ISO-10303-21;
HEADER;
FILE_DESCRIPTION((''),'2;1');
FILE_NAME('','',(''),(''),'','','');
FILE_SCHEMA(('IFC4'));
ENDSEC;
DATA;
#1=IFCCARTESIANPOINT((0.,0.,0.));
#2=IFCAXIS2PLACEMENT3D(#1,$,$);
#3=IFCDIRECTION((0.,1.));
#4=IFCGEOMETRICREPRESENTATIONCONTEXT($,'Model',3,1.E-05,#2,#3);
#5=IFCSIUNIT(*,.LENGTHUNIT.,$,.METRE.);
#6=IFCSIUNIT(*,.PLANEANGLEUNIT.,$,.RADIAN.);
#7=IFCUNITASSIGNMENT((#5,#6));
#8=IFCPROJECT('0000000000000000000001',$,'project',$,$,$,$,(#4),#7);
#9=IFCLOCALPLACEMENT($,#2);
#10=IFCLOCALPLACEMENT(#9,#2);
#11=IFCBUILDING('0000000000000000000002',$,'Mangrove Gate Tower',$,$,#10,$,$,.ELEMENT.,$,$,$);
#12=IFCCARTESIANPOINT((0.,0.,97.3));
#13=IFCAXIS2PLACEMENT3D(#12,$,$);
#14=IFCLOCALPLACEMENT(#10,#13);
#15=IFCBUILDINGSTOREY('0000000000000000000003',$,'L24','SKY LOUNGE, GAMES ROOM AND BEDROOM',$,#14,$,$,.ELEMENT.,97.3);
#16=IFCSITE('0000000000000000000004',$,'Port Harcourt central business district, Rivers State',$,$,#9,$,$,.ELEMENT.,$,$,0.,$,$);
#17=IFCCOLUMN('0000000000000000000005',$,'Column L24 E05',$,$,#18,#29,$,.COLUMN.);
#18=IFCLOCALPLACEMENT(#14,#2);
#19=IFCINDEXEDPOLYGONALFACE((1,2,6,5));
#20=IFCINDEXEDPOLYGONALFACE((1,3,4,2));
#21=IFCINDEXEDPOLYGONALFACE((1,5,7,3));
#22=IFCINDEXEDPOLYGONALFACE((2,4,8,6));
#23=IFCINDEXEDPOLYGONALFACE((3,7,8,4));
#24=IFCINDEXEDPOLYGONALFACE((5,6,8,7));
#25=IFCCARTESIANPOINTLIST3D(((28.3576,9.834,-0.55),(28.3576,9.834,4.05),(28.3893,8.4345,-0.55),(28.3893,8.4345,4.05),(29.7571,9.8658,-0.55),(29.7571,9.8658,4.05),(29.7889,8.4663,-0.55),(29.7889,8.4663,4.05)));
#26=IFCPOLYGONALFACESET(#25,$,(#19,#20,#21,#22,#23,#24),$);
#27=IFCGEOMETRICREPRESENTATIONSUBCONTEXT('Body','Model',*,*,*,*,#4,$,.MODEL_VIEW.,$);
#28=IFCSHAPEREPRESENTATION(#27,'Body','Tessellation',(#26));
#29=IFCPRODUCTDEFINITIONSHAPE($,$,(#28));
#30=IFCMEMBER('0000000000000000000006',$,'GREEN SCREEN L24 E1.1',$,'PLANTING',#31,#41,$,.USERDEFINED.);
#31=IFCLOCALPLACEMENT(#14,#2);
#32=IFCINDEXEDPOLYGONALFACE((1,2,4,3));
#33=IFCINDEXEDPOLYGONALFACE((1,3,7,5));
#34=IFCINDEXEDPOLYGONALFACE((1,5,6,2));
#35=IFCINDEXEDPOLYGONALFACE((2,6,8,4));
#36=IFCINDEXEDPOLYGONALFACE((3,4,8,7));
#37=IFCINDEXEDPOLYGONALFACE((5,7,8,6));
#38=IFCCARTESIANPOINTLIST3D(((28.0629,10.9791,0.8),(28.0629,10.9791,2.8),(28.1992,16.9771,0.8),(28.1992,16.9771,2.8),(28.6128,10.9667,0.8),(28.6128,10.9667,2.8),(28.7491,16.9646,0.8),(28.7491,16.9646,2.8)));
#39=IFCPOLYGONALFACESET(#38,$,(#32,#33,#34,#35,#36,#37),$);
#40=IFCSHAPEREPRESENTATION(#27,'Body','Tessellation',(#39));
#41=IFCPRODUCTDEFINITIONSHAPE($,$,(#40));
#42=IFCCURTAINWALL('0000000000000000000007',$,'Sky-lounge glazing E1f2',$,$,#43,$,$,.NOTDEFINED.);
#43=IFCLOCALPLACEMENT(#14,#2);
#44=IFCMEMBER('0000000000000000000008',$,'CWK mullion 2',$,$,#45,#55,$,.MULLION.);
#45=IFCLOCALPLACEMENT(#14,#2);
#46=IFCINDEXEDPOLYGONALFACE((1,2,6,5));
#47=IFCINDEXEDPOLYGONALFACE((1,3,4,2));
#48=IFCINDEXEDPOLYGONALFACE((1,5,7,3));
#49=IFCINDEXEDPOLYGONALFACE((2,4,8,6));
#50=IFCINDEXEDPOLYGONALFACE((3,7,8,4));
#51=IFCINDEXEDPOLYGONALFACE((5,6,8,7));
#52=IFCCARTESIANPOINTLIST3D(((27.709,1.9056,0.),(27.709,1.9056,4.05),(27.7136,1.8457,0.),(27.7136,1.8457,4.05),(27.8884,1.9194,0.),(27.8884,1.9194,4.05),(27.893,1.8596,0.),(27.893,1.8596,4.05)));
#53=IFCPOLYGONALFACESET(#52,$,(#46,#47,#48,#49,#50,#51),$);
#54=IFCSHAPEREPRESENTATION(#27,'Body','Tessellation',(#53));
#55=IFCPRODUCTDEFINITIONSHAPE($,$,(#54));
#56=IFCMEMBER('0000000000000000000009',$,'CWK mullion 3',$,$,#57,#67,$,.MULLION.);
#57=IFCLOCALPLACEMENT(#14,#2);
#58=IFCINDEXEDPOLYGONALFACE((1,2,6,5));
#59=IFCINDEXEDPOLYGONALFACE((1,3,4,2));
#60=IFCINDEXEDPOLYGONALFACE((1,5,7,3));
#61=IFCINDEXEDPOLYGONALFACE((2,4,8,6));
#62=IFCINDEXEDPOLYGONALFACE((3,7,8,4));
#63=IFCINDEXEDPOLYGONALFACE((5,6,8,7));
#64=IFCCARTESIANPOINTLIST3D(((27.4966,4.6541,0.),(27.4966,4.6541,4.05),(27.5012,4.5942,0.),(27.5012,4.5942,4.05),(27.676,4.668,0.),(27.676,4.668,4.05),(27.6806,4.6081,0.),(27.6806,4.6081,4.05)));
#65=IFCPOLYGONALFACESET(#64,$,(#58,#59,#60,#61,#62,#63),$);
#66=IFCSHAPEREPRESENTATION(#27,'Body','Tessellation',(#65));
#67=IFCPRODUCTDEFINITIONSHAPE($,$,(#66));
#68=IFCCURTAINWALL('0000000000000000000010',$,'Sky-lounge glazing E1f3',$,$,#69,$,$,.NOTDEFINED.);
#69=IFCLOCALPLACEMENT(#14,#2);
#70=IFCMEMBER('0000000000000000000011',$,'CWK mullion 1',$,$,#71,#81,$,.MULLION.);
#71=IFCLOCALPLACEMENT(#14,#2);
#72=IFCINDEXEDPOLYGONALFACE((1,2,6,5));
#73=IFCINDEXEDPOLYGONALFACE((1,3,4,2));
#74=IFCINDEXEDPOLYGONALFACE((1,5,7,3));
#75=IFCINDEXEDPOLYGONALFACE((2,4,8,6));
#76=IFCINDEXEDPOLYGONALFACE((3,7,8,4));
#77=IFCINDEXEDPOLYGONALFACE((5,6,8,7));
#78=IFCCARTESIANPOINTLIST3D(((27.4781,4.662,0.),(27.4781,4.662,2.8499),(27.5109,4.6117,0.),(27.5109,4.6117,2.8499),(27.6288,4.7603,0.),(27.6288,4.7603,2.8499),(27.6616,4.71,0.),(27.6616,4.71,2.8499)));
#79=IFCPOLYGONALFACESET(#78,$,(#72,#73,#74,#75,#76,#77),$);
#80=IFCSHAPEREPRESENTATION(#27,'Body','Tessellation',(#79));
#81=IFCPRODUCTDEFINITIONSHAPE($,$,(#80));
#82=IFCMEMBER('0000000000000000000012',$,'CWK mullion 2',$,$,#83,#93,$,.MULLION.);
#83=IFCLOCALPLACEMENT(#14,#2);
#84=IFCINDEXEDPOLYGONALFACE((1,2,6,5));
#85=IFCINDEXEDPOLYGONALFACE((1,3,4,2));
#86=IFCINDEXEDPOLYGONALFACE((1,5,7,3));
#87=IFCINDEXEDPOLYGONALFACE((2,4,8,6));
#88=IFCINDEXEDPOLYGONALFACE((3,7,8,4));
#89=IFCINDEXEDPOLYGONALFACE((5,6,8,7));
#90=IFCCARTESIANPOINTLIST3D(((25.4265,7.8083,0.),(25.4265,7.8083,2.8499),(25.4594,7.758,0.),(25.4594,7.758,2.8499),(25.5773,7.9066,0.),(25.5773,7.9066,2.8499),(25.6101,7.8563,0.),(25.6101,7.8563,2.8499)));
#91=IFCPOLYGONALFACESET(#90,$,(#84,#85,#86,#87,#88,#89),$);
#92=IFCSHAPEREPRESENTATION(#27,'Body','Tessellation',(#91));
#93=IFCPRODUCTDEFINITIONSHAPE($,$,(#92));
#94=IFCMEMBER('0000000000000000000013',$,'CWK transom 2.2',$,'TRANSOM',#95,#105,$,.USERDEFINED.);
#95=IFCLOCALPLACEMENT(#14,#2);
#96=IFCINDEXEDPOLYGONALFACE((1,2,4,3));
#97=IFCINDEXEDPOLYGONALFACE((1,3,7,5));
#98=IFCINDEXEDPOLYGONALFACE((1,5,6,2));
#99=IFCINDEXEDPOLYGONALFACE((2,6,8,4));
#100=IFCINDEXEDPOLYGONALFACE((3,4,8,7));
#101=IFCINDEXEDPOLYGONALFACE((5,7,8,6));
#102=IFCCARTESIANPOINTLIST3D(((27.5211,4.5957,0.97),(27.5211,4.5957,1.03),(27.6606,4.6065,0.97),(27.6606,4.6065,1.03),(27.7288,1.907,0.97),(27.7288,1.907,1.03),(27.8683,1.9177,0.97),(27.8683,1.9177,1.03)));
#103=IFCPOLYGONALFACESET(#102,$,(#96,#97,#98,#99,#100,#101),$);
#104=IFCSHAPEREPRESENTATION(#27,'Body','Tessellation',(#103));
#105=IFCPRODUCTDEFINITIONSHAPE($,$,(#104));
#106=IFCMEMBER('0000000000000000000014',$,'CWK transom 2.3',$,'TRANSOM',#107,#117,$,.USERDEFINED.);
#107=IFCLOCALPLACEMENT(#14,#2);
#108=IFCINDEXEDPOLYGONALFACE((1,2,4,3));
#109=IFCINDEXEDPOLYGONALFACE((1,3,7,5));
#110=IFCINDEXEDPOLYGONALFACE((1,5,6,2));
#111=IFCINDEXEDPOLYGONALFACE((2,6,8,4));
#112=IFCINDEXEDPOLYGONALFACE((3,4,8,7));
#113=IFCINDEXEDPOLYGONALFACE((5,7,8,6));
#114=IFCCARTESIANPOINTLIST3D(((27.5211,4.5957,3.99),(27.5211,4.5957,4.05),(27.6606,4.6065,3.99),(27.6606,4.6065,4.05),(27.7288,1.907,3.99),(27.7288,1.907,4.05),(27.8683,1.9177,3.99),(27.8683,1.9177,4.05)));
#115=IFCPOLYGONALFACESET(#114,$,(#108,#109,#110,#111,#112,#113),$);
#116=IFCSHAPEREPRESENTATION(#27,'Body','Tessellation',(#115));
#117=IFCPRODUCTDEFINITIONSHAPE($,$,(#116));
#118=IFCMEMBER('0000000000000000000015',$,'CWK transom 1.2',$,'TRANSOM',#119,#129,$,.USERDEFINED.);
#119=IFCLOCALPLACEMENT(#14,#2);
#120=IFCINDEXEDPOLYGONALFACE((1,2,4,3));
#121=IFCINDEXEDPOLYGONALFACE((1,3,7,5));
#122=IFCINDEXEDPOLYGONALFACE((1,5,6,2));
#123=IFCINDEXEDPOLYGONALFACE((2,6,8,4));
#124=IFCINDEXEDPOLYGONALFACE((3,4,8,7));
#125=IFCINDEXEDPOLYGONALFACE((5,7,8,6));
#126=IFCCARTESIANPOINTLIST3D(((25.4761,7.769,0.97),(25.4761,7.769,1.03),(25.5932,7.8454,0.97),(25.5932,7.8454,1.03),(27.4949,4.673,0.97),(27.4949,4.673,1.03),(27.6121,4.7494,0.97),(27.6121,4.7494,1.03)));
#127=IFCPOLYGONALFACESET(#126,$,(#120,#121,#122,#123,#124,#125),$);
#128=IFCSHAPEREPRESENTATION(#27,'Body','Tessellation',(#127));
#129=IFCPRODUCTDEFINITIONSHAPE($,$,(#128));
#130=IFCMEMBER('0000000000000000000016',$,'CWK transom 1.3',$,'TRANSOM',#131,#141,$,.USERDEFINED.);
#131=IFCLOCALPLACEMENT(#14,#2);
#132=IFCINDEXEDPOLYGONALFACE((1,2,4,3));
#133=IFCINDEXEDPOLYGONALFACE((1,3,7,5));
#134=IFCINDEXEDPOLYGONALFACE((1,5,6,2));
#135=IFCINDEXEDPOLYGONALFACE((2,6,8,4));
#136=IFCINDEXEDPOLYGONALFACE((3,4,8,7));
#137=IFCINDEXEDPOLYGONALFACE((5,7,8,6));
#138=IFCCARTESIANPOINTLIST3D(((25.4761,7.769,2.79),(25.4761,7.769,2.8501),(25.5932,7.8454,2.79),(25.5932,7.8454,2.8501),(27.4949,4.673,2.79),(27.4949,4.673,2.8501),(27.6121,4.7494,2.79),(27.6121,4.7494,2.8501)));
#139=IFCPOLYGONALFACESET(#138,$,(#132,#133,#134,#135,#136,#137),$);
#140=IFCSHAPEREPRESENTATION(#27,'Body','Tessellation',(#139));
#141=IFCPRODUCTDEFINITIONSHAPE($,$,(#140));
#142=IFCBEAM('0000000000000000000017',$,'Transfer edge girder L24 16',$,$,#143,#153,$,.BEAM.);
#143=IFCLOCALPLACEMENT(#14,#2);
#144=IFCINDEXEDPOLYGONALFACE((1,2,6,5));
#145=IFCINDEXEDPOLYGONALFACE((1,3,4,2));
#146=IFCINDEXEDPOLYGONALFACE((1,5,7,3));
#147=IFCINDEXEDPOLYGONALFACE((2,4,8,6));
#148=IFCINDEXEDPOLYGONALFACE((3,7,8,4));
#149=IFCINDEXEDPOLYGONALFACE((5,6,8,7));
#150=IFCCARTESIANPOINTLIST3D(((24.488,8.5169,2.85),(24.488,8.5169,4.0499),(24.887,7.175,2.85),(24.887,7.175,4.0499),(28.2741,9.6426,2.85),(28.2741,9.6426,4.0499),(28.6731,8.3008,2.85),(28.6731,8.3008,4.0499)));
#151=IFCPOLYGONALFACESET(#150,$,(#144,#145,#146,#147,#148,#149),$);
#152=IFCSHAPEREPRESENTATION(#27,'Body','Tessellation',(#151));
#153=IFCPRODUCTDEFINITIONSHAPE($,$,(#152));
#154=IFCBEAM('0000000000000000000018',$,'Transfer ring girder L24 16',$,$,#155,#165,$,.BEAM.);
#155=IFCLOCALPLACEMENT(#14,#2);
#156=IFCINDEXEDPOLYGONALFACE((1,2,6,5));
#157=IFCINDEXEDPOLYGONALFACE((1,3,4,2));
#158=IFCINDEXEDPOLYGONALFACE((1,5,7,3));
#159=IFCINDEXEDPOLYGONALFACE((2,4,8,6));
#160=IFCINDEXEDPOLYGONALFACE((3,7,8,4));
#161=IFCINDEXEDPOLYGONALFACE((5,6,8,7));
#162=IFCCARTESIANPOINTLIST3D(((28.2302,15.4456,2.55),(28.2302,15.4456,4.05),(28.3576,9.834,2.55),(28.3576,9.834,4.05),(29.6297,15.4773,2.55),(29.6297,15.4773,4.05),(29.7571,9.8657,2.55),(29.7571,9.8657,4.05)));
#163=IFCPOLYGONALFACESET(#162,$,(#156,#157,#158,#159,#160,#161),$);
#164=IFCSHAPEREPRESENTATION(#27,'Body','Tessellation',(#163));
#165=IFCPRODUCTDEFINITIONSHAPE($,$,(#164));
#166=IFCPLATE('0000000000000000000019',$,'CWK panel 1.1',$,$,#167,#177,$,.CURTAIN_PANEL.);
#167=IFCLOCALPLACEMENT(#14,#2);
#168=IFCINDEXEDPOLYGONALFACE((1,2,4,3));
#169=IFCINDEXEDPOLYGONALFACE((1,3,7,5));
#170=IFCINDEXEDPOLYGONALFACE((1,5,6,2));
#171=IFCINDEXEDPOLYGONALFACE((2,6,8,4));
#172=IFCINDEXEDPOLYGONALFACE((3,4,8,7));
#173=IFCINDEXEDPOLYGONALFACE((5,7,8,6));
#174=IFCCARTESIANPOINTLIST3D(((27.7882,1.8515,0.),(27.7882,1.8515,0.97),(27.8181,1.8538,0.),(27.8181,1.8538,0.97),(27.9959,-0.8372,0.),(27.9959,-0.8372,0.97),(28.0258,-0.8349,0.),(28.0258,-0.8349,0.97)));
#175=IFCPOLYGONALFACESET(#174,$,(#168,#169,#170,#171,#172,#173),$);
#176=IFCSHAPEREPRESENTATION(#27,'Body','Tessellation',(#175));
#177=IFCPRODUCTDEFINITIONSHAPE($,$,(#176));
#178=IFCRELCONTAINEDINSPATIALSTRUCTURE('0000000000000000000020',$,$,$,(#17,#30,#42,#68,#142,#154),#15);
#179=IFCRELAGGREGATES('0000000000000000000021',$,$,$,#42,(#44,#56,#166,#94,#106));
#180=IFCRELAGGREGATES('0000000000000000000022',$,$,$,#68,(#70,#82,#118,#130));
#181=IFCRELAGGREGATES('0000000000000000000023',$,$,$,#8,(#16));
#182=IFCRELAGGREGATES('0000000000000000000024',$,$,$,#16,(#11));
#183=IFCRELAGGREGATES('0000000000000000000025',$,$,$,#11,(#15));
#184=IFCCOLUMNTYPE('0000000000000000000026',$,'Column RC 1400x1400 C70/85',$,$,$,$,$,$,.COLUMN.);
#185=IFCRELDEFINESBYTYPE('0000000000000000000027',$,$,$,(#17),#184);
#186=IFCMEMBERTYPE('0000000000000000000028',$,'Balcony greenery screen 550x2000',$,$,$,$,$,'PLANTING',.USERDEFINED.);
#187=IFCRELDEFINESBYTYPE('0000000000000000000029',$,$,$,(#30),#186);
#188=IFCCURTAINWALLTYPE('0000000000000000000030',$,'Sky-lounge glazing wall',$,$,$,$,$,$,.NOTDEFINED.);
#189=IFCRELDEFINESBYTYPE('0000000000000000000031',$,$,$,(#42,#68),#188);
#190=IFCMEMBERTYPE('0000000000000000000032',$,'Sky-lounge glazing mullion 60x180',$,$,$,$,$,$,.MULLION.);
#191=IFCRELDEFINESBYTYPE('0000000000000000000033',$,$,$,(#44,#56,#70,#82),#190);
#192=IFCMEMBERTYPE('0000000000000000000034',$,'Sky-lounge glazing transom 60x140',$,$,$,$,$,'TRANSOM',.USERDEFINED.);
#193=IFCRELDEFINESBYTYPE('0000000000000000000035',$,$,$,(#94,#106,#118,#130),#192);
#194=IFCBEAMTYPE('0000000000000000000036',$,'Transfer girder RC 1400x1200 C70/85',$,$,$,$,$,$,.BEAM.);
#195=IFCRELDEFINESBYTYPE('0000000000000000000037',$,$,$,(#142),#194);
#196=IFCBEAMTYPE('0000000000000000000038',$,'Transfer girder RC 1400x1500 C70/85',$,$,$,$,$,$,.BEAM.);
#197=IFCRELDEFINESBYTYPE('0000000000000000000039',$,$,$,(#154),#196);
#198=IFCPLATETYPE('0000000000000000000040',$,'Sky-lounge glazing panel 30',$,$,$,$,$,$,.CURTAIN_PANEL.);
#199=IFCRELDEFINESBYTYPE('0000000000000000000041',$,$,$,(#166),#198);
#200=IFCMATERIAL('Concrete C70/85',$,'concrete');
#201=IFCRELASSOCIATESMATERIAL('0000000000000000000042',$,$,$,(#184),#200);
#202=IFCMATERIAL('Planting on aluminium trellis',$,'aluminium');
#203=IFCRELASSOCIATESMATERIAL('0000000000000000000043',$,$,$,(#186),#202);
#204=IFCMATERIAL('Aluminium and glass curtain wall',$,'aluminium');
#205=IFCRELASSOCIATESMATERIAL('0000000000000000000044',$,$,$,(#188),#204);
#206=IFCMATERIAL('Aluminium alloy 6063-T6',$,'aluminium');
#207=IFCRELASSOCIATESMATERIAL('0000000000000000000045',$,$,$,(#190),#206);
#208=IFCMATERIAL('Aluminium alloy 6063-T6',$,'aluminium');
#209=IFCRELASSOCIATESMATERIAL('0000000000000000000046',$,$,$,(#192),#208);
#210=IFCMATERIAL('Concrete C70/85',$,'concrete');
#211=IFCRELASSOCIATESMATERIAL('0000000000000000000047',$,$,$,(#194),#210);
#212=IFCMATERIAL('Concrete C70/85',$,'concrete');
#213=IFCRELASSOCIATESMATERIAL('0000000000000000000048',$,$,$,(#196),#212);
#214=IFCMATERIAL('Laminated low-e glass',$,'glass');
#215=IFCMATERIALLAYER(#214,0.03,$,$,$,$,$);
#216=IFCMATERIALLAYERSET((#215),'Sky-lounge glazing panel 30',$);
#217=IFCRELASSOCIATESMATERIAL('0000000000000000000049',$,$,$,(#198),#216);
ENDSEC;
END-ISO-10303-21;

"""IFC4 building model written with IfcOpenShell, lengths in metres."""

from ifc_helpers import new_model, si_unit, direction, frame, origin, origin_2d, place, context, subcontext, project, spatial, rectangle, extrude, material, layer, layer_set, material_profile, profile_set, type_object, element, aggregate, save


model = new_model("IFC4")

# Units and contexts
model_context = context("Model", 3, precision=1e-05, world=origin(), true_north=direction((0.0, 1.0)))
body_context = subcontext(model_context, "Body", "Model", "MODEL_VIEW")
ifc_project = project(units=[si_unit("LENGTHUNIT", "METRE"), si_unit("PLANEANGLEUNIT", "RADIAN")], contexts=[model_context])

# Site, building, storey
site_placement = place(None, origin())
site = spatial("IfcSite", under=ifc_project, at=site_placement, Name="Port Harcourt central business district, Rivers State", CompositionType="ELEMENT", RefElevation=0.0)
building_placement = place(site_placement, origin())
building = spatial("IfcBuilding", under=site, at=building_placement, Name="Mangrove Gate Tower", CompositionType="ELEMENT")
storey_placement = place(building_placement, frame((0.0, 0.0, 97.3)))
storey = spatial("IfcBuildingStorey", under=building, at=storey_placement, Name="L24", Description="SKY LOUNGE, GAMES ROOM AND BEDROOM", CompositionType="ELEMENT", Elevation=97.3)

# Column
ifc_material_1 = material(Name="Concrete C70/85", Category="concrete")
ifc_material_profile_1 = material_profile(ifc_material_1, rectangle(XDim=1.3999, YDim=1.3999, at=origin_2d()))
ifc_profile_set_1 = profile_set([ifc_material_profile_1], Name="Concrete C70/85")
column_type = type_object("IfcColumnType", Name="Column RC 1400x1400 C70/85", PredefinedType="COLUMN", material=ifc_profile_set_1)
column_placement = place(storey_placement, frame((29.0732, 9.1501, -0.55), z_axis=(0.0, 0.0, 1.0), x_axis=(-0.022684, 0.999743, 0.0)))
element("IfcColumn", 1, at=column_placement, inside=storey, type_object=column_type, Name="Column L24 E05", PredefinedType="COLUMN", context=body_context, shape_type="SweptSolid", body=[
    extrude(rectangle(XDim=1.3999, YDim=1.3999, at=origin_2d()), origin(), (0.0, 0.0, 1.0), 4.6001),
])

# Member
ifc_material_2 = material(Name="Planting on aluminium trellis", Category="aluminium")
ifc_material_profile_2 = material_profile(ifc_material_2, rectangle(XDim=0.55, YDim=2.0, at=origin_2d()))
ifc_profile_set_2 = profile_set([ifc_material_profile_2], Name="Planting on aluminium trellis")
member_type_1 = type_object("IfcMemberType", Name="Balcony greenery screen 550x2000", ElementType="PLANTING", PredefinedType="USERDEFINED", material=ifc_profile_set_2)
member_1_placement = place(storey_placement, frame((28.3379, 10.9729, 1.8), z_axis=(0.022707, 0.999742, 0.0), x_axis=(-0.999742, 0.022707, 0.0)))
element("IfcMember", 2, at=member_1_placement, inside=storey, type_object=member_type_1, Name="GREEN SCREEN L24 E1.1", ObjectType="PLANTING", PredefinedType="USERDEFINED", context=body_context, shape_type="SweptSolid", body=[
    extrude(rectangle(XDim=0.55, YDim=2.0, at=origin_2d()), origin(), (0.0, 0.0, 1.0), 5.9995),
])

# Curtain walls, members
ifc_material_3 = material(Name="Aluminium and glass curtain wall", Category="aluminium")
curtain_wall_type = type_object("IfcCurtainWallType", Name="Sky-lounge glazing wall", PredefinedType="NOTDEFINED", material=ifc_material_3)
curtain_wall_1_placement = place(storey_placement, origin())
curtain_wall_1 = element("IfcCurtainWall", 3, at=curtain_wall_1_placement, inside=storey, type_object=curtain_wall_type, Name="Sky-lounge glazing E1f2", PredefinedType="NOTDEFINED")
ifc_material_4 = material(Name="Aluminium alloy 6063-T6", Category="aluminium")
ifc_material_profile_3 = material_profile(ifc_material_4, rectangle(XDim=0.0601, YDim=0.1799, at=origin_2d()))
ifc_profile_set_3 = profile_set([ifc_material_profile_3], Name="Aluminium alloy 6063-T6")
member_type_2 = type_object("IfcMemberType", Name="Sky-lounge glazing mullion 60x180", PredefinedType="MULLION", material=ifc_profile_set_3)
member_2_placement = place(storey_placement, frame((27.801, 1.8826, 0.0), z_axis=(0.0, 0.0, 1.0), x_axis=(-0.077023, 0.997029, 0.0)))
member_2 = element("IfcMember", 4, at=member_2_placement, type_object=member_type_2, Name="CWK mullion 2", PredefinedType="MULLION", context=body_context, shape_type="SweptSolid", body=[
    extrude(rectangle(XDim=0.0601, YDim=0.1799, at=origin_2d()), origin(), (0.0, 0.0, 1.0), 4.05),
])
member_3_placement = place(storey_placement, frame((27.5886, 4.6311, 0.0), z_axis=(0.0, 0.0, 1.0), x_axis=(-0.077023, 0.997029, 0.0)))
member_3 = element("IfcMember", 5, at=member_3_placement, type_object=member_type_2, Name="CWK mullion 3", PredefinedType="MULLION", context=body_context, shape_type="SweptSolid", body=[
    extrude(rectangle(XDim=0.0601, YDim=0.1799, at=origin_2d()), origin(), (0.0, 0.0, 1.0), 4.05),
])
curtain_wall_2_placement = place(storey_placement, origin())
curtain_wall_2 = element("IfcCurtainWall", 6, at=curtain_wall_2_placement, inside=storey, type_object=curtain_wall_type, Name="Sky-lounge glazing E1f3", PredefinedType="NOTDEFINED")
member_4_placement = place(storey_placement, frame((27.5698, 4.686, 0.0), z_axis=(0.0, 0.0, 1.0), x_axis=(-0.546235, 0.837632, 0.0)))
member_4 = element("IfcMember", 7, at=member_4_placement, type_object=member_type_2, Name="CWK mullion 1", PredefinedType="MULLION", context=body_context, shape_type="SweptSolid", body=[
    extrude(rectangle(XDim=0.0601, YDim=0.1799, at=origin_2d()), origin(), (0.0, 0.0, 1.0), 2.8499),
])
member_5_placement = place(storey_placement, frame((25.5183, 7.8323, 0.0), z_axis=(0.0, 0.0, 1.0), x_axis=(-0.546235, 0.837632, 0.0)))
member_5 = element("IfcMember", 8, at=member_5_placement, type_object=member_type_2, Name="CWK mullion 2", PredefinedType="MULLION", context=body_context, shape_type="SweptSolid", body=[
    extrude(rectangle(XDim=0.0601, YDim=0.1799, at=origin_2d()), origin(), (0.0, 0.0, 1.0), 2.8499),
])

# Members
ifc_material_5 = material(Name="Aluminium alloy 6063-T6", Category="aluminium")
ifc_material_profile_4 = material_profile(ifc_material_5, rectangle(XDim=0.0601, YDim=0.1399, at=origin_2d()))
ifc_profile_set_4 = profile_set([ifc_material_profile_4], Name="Aluminium alloy 6063-T6")
member_type_3 = type_object("IfcMemberType", Name="Sky-lounge glazing transom 60x140", ElementType="TRANSOM", PredefinedType="USERDEFINED", material=ifc_profile_set_4)
member_6_placement = place(storey_placement, frame((27.7986, 1.9124, 1.0), z_axis=(-0.077043, 0.997028, 0.0), x_axis=(0.0, 0.0, 1.0)))
member_6 = element("IfcMember", 9, at=member_6_placement, type_object=member_type_3, Name="CWK transom 2.2", ObjectType="TRANSOM", PredefinedType="USERDEFINED", context=body_context, shape_type="SweptSolid", body=[
    extrude(rectangle(XDim=0.0601, YDim=0.1399, at=origin_2d()), origin(), (0.0, 0.0, 1.0), 2.6968),
])
member_7_placement = place(storey_placement, frame((27.7986, 1.9124, 4.02), z_axis=(-0.077043, 0.997028, 0.0), x_axis=(0.0, 0.0, 1.0)))
member_7 = element("IfcMember", 10, at=member_7_placement, type_object=member_type_3, Name="CWK transom 2.3", ObjectType="TRANSOM", PredefinedType="USERDEFINED", context=body_context, shape_type="SweptSolid", body=[
    extrude(rectangle(XDim=0.0601, YDim=0.1399, at=origin_2d()), origin(), (0.0, 0.0, 1.0), 2.6968),
])
member_8_placement = place(storey_placement, frame((27.5535, 4.7112, 1.0), z_axis=(-0.546211, 0.837647, 0.0), x_axis=(0.0, 0.0, 1.0)))
member_8 = element("IfcMember", 11, at=member_8_placement, type_object=member_type_3, Name="CWK transom 1.2", ObjectType="TRANSOM", PredefinedType="USERDEFINED", context=body_context, shape_type="SweptSolid", body=[
    extrude(rectangle(XDim=0.0601, YDim=0.1399, at=origin_2d()), origin(), (0.0, 0.0, 1.0), 3.696),
])
member_9_placement = place(storey_placement, frame((27.5535, 4.7112, 2.8201), z_axis=(-0.546211, 0.837647, 0.0), x_axis=(0.0, 0.0, 1.0)))
member_9 = element("IfcMember", 12, at=member_9_placement, type_object=member_type_3, Name="CWK transom 1.3", ObjectType="TRANSOM", PredefinedType="USERDEFINED", context=body_context, shape_type="SweptSolid", body=[
    extrude(rectangle(XDim=0.0601, YDim=0.1399, at=origin_2d()), origin(), (0.0, 0.0, 1.0), 3.696),
])

# Beams
ifc_material_6 = material(Name="Concrete C70/85", Category="concrete")
ifc_material_profile_5 = material_profile(ifc_material_6, rectangle(XDim=1.3999, YDim=1.2, at=origin_2d()))
ifc_profile_set_5 = profile_set([ifc_material_profile_5], Name="Concrete C70/85")
beam_type_1 = type_object("IfcBeamType", Name="Transfer girder RC 1400x1200 C70/85", PredefinedType="BEAM", material=ifc_profile_set_5)
beam_1_placement = place(storey_placement, frame((28.4736, 8.9717, 3.45), z_axis=(-0.958528, -0.284999, 0.0), x_axis=(0.284999, -0.958528, 0.0)))
element("IfcBeam", 13, at=beam_1_placement, inside=storey, type_object=beam_type_1, Name="Transfer edge girder L24 16", PredefinedType="BEAM", context=body_context, shape_type="SweptSolid", body=[
    extrude(rectangle(XDim=1.3999, YDim=1.2, at=origin_2d()), origin(), (0.0, 0.0, 1.0), 3.95),
])
ifc_material_7 = material(Name="Concrete C70/85", Category="concrete")
ifc_material_profile_6 = material_profile(ifc_material_7, rectangle(XDim=1.3999, YDim=1.5, at=origin_2d()))
ifc_profile_set_6 = profile_set([ifc_material_profile_6], Name="Concrete C70/85")
beam_type_2 = type_object("IfcBeamType", Name="Transfer girder RC 1400x1500 C70/85", PredefinedType="BEAM", material=ifc_profile_set_6)
beam_2_placement = place(storey_placement, frame((29.0574, 9.8499, 3.3), z_axis=(-0.022705, 0.999742, 0.0), x_axis=(-0.999742, -0.022705, 0.0)))
element("IfcBeam", 14, at=beam_2_placement, inside=storey, type_object=beam_type_2, Name="Transfer ring girder L24 16", PredefinedType="BEAM", context=body_context, shape_type="SweptSolid", body=[
    extrude(rectangle(XDim=1.3999, YDim=1.5, at=origin_2d()), origin(), (0.0, 0.0, 1.0), 5.613),
])

# Plate
ifc_material_8 = material(Name="Laminated low-e glass", Category="glass")
ifc_layer_1 = layer(ifc_material_8, 0.03)
ifc_layer_set_1 = layer_set([ifc_layer_1], Name="Sky-lounge glazing panel 30")
plate_type = type_object("IfcPlateType", Name="Sky-lounge glazing panel 30", PredefinedType="CURTAIN_PANEL", material=ifc_layer_set_1)
plate_1_placement = place(storey_placement, frame((27.907, 0.5083, 0.0), z_axis=(0.0, 0.0, 1.0), x_axis=(-0.077023, 0.997029, 0.0)))
plate_1 = element("IfcPlate", 15, at=plate_1_placement, type_object=plate_type, Name="CWK panel 1.1", PredefinedType="CURTAIN_PANEL", context=body_context, shape_type="SweptSolid", body=[
    extrude(rectangle(XDim=2.6968, YDim=0.03, at=origin_2d()), origin(), (0.0, 0.0, 1.0), 0.97),
])
aggregate(curtain_wall_1, [member_2, member_3, plate_1, member_6, member_7])
aggregate(curtain_wall_2, [member_4, member_5, member_8, member_9])

save(model, "model.ifc")
